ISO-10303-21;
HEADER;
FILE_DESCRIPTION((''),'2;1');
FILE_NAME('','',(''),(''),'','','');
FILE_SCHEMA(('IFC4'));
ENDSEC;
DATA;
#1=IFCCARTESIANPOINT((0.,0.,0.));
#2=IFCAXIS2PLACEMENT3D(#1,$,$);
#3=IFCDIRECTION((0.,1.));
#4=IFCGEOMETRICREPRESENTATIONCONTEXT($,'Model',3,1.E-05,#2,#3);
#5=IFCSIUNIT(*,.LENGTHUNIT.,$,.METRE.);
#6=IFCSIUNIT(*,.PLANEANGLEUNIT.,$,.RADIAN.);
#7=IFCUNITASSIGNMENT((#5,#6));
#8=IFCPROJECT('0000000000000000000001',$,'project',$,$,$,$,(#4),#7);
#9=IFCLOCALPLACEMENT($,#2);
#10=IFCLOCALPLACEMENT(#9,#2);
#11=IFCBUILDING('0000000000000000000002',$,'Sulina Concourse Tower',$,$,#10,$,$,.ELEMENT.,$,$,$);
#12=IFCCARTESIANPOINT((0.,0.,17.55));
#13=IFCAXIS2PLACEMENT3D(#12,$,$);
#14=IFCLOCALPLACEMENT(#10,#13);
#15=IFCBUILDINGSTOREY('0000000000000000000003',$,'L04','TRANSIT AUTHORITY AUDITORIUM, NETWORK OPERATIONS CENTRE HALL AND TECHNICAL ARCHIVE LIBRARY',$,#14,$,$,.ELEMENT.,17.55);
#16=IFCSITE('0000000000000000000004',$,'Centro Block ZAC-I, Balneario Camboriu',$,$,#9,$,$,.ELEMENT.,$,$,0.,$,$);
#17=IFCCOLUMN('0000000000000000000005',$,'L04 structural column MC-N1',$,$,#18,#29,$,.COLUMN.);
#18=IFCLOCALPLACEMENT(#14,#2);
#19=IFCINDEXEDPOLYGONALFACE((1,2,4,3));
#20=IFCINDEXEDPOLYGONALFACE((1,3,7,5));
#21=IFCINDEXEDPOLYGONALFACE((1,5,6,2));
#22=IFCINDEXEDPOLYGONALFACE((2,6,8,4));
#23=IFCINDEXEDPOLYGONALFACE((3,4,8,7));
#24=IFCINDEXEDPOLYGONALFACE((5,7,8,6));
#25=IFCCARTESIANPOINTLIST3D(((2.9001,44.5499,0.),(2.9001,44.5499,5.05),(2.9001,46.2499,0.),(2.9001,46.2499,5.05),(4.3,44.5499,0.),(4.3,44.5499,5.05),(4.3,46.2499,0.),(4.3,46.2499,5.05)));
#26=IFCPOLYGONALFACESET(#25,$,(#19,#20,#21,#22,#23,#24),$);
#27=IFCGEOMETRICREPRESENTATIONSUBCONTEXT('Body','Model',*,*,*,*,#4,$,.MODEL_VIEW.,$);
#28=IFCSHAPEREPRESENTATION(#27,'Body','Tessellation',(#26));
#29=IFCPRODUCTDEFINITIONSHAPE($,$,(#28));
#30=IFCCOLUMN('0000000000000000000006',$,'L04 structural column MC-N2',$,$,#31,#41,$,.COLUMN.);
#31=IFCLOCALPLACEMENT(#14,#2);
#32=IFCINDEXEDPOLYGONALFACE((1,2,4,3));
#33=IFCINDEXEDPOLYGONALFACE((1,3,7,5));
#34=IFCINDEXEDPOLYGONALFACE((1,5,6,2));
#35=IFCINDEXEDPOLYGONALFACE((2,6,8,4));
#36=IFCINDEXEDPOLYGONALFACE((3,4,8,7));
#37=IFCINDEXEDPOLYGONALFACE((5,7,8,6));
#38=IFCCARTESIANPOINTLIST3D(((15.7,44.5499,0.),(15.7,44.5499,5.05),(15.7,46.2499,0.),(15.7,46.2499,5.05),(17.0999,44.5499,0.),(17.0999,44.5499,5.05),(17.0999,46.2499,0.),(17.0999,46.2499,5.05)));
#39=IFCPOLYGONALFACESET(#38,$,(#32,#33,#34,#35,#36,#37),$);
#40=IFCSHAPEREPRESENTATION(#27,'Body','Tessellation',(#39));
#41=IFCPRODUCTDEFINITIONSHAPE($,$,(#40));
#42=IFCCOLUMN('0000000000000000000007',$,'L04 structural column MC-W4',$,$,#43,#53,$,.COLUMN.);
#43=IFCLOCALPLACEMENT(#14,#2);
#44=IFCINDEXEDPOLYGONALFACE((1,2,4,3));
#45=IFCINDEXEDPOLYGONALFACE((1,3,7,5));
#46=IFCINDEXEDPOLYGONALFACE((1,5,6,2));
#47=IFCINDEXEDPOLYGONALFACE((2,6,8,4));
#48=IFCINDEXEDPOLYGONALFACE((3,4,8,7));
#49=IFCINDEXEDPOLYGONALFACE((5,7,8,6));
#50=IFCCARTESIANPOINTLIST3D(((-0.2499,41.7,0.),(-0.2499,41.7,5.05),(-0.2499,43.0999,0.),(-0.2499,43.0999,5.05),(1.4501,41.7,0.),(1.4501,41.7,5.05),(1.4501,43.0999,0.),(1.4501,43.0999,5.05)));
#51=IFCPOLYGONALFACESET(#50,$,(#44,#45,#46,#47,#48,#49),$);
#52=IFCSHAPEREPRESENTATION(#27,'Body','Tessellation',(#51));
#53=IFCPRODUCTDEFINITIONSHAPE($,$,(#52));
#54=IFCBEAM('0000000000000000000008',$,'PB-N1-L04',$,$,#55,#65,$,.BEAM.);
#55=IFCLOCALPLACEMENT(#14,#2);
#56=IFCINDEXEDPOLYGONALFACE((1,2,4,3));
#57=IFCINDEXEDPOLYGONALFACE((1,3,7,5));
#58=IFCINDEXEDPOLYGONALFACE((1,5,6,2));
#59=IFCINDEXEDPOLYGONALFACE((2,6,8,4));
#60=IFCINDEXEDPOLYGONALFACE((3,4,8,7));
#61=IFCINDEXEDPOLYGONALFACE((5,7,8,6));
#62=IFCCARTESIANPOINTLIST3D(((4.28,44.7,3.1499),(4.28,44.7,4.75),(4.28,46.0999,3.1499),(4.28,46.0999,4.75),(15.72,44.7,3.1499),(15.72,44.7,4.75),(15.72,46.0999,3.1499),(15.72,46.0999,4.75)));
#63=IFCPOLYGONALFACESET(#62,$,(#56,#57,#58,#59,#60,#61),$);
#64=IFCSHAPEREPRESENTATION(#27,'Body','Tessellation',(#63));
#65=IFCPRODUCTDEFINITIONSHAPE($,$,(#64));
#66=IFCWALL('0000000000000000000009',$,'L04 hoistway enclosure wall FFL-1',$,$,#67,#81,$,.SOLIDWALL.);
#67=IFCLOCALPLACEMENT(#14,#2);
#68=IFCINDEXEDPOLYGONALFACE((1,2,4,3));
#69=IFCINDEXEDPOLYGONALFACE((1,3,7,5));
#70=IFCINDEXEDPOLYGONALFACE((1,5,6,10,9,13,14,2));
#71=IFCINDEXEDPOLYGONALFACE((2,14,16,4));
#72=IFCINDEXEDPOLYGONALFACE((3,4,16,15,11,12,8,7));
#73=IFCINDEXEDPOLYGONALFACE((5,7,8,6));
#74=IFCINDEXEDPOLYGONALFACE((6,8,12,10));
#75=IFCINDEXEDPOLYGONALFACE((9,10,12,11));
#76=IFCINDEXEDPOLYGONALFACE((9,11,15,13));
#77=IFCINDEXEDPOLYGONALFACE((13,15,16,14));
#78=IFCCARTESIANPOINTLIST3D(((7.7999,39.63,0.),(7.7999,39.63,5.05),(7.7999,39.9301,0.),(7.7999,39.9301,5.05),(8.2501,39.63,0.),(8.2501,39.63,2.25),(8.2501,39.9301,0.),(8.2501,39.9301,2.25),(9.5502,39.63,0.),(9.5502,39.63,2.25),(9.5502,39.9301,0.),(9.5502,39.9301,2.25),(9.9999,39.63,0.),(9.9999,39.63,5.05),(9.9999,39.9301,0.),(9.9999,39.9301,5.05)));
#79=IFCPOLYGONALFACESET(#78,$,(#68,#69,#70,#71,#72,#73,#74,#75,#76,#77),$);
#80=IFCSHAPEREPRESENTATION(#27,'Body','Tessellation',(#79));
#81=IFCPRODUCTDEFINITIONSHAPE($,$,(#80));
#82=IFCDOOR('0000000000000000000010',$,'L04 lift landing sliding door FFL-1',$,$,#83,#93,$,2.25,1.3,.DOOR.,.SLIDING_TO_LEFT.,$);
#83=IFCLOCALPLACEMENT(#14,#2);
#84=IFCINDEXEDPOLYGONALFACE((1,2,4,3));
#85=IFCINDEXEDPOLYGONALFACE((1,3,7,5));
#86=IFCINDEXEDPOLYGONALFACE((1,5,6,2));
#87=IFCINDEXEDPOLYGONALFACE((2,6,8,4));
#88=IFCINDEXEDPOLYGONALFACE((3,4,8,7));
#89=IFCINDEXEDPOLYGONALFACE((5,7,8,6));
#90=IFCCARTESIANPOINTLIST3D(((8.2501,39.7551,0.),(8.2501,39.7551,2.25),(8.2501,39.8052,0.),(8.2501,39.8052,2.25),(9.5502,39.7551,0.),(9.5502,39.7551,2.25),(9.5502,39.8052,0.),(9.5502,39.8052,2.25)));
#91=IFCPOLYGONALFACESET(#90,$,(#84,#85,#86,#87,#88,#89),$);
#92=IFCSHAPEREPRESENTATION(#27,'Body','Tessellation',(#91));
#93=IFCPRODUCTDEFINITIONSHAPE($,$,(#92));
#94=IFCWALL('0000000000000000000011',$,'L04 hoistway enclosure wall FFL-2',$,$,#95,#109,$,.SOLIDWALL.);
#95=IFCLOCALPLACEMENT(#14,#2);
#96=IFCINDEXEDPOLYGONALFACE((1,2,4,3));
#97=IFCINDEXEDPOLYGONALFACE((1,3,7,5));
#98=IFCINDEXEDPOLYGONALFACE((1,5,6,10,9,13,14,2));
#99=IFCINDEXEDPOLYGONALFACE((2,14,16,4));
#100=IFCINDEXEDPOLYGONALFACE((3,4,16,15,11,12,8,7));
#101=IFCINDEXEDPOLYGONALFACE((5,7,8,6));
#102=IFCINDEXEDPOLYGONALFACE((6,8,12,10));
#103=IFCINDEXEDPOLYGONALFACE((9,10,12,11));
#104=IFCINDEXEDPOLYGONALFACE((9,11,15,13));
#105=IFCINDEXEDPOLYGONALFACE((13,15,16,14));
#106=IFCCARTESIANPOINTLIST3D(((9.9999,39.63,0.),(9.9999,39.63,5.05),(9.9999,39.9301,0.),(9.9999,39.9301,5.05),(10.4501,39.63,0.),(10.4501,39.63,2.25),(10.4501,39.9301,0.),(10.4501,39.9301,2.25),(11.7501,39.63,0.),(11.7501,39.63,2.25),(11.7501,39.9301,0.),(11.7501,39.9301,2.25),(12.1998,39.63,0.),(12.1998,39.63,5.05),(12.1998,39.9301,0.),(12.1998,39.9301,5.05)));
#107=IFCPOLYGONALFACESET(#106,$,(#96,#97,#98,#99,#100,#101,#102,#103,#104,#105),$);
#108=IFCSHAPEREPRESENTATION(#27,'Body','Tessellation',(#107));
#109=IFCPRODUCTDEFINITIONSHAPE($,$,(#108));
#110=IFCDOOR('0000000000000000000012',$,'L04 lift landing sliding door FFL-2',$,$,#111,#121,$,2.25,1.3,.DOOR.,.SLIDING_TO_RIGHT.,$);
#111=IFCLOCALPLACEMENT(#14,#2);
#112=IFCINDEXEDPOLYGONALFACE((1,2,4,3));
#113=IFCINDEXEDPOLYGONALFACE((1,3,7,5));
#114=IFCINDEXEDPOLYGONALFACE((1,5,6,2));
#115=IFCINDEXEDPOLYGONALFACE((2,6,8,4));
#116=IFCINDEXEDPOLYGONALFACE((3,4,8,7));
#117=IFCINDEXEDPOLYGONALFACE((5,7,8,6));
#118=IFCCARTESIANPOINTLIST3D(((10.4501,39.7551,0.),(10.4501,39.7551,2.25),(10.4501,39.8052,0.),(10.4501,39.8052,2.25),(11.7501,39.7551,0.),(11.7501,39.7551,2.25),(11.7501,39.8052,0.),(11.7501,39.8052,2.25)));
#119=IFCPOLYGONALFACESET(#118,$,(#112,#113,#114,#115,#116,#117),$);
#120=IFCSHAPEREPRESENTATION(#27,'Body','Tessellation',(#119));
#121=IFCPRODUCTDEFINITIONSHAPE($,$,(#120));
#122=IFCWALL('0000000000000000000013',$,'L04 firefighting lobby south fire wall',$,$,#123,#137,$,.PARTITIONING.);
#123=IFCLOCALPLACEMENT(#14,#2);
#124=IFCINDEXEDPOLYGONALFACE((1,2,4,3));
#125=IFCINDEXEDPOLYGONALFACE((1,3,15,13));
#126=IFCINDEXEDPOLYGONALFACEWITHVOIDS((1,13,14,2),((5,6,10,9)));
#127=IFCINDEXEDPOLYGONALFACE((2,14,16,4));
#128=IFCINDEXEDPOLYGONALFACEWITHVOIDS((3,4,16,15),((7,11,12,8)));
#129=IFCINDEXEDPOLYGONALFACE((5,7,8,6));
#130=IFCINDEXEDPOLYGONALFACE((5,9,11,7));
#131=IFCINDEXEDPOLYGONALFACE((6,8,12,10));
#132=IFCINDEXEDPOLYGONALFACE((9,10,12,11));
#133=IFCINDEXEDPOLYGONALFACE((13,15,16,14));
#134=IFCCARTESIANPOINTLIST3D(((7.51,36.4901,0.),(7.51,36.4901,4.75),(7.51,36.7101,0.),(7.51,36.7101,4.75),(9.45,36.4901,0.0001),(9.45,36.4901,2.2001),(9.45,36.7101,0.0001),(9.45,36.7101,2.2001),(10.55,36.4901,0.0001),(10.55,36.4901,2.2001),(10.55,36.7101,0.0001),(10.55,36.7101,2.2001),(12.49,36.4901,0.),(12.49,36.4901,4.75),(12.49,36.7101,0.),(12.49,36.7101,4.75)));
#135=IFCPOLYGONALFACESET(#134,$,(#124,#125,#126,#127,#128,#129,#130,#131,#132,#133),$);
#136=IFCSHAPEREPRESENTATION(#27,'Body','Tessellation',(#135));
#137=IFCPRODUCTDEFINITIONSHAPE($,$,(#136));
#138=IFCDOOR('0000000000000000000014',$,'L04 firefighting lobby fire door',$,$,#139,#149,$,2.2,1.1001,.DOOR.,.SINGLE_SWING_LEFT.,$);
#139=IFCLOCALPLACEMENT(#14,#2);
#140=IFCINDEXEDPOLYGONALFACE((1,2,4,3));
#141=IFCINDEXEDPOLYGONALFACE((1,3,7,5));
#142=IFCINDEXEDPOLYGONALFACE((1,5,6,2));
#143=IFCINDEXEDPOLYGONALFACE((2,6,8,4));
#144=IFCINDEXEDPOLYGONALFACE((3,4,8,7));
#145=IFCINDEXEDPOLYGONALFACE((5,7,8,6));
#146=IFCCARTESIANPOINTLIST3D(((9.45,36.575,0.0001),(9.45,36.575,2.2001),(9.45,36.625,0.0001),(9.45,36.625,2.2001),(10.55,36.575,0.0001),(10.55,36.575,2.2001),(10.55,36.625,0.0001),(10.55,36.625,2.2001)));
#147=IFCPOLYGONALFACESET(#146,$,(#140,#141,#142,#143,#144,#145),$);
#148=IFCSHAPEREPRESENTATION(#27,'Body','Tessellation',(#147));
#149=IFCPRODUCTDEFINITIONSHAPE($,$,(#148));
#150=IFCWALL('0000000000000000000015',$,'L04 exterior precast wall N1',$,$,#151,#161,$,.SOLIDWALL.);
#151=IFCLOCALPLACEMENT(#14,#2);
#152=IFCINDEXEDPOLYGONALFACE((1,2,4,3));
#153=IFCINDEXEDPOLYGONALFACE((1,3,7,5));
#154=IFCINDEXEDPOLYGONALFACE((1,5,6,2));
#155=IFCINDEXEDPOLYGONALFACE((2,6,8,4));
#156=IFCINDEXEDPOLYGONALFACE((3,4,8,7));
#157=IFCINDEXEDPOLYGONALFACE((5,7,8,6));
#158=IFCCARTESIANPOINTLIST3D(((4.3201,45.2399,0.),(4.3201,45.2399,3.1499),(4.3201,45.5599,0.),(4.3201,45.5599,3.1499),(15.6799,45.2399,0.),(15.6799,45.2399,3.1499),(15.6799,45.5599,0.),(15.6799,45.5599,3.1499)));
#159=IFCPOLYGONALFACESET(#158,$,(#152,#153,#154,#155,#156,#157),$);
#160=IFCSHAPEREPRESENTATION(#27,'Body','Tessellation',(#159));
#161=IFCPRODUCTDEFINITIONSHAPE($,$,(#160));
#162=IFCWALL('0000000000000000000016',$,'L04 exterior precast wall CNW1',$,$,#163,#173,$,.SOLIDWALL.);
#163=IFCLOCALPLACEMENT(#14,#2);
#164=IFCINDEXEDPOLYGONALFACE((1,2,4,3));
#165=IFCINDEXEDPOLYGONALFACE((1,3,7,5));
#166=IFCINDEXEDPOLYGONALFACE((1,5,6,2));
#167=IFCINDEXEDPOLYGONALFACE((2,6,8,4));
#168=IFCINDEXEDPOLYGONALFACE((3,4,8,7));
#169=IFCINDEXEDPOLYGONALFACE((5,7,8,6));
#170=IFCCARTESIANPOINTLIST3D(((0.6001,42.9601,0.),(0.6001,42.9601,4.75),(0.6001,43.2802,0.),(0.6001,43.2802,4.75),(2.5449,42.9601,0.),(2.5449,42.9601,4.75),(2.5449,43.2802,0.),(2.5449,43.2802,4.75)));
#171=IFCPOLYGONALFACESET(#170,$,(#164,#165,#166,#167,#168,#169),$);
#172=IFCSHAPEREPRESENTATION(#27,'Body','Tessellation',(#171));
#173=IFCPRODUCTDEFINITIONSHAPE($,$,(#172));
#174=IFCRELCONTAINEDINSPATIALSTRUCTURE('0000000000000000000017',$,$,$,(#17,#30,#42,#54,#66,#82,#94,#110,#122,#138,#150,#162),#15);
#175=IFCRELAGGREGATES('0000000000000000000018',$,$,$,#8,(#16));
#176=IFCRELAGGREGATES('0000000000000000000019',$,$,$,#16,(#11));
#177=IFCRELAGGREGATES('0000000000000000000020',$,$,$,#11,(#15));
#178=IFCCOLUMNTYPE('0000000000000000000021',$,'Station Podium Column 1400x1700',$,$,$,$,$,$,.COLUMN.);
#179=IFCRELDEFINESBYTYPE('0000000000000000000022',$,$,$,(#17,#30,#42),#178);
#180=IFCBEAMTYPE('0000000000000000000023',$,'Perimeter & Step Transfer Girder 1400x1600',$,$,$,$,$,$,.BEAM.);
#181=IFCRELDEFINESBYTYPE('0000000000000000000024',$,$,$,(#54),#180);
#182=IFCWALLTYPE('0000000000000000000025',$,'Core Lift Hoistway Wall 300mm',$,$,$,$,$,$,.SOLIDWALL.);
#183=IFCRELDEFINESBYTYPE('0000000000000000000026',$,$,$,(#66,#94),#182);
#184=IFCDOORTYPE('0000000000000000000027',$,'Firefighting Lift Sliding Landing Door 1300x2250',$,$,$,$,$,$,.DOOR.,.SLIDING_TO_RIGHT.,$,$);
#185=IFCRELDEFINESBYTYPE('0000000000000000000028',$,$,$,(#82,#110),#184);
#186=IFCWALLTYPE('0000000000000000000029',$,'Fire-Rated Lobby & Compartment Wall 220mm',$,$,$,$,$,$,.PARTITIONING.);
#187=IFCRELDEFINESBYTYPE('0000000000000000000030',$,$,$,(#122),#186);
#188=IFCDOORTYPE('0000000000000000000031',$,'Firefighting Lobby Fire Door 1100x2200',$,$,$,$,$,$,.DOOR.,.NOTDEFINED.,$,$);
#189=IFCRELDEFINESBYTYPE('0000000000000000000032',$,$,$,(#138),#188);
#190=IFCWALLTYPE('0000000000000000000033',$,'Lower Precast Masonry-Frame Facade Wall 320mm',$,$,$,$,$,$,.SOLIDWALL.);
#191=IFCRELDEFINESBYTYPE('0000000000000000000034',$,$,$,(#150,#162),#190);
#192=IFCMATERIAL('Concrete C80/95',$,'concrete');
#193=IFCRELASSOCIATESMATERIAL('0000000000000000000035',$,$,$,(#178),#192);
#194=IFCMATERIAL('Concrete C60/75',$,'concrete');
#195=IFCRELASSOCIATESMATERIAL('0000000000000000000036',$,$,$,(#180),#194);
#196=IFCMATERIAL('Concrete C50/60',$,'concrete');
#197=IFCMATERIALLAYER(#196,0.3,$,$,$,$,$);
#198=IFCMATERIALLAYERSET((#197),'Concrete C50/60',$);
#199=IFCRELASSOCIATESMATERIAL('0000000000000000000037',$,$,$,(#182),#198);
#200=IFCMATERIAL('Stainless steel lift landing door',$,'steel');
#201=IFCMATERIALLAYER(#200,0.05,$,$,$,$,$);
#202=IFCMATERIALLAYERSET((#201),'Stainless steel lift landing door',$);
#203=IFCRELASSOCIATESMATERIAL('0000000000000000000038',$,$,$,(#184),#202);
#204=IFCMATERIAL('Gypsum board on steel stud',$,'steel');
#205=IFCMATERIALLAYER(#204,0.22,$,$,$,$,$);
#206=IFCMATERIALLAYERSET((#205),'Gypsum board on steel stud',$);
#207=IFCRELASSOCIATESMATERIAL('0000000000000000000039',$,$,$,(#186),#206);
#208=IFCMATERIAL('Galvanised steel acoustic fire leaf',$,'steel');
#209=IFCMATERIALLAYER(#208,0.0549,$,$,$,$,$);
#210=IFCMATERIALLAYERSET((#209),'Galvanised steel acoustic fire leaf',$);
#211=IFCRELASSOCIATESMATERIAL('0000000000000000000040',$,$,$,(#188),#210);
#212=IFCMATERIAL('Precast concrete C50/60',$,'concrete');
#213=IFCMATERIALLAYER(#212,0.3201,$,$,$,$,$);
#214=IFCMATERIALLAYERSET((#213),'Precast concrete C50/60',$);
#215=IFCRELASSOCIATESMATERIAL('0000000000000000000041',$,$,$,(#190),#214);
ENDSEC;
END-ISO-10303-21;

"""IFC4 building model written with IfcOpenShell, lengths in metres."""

from ifc_helpers import new_model, si_unit, direction, frame, frame_2d, origin, origin_2d, place, context, subcontext, project, spatial, rectangle, extrude, material, layer, layer_set, material_profile, profile_set, type_object, element, fill, save


model = new_model("IFC4")

# Units and contexts
model_context = context("Model", 3, precision=1e-05, world=origin(), true_north=direction((0.0, 1.0)))
body_context = subcontext(model_context, "Body", "Model", "MODEL_VIEW")
ifc_project = project(units=[si_unit("LENGTHUNIT", "METRE"), si_unit("PLANEANGLEUNIT", "RADIAN")], contexts=[model_context])

# Site, building, storey
site_placement = place(None, origin())
site = spatial("IfcSite", under=ifc_project, at=site_placement, Name="Centro Block ZAC-I, Balneario Camboriu", CompositionType="ELEMENT", RefElevation=0.0)
building_placement = place(site_placement, origin())
building = spatial("IfcBuilding", under=site, at=building_placement, Name="Sulina Concourse Tower", CompositionType="ELEMENT")
storey_placement = place(building_placement, frame((0.0, 0.0, 17.55)))
storey = spatial("IfcBuildingStorey", under=building, at=storey_placement, Name="L04", Description="TRANSIT AUTHORITY AUDITORIUM, NETWORK OPERATIONS CENTRE HALL AND TECHNICAL ARCHIVE LIBRARY", CompositionType="ELEMENT", Elevation=17.55)

# Columns
ifc_material_1 = material(Name="Concrete C80/95", Category="concrete")
ifc_material_profile_1 = material_profile(ifc_material_1, rectangle(XDim=1.3999, YDim=1.7, at=origin_2d()), Name="RC 1400x1700")
ifc_profile_set_1 = profile_set([ifc_material_profile_1], Name="Concrete C80/95")
column_type = type_object("IfcColumnType", Name="Station Podium Column 1400x1700", PredefinedType="COLUMN", material=ifc_profile_set_1)
for number, where, z_axis, x_axis, name in (
    (1, (3.6001, 45.3999, 0.0), (0.0, 0.0, 1.0), (1.0, 0.0, 0.0), "L04 structural column MC-N1"),
    (2, (16.3999, 45.3999, 0.0), (0.0, 0.0, 1.0), (1.0, 0.0, 0.0), "L04 structural column MC-N2"),
    (3, (0.6001, 42.3999, 0.0), (0.0, 0.0, 1.0), (0.0, 1.0, 0.0), "L04 structural column MC-W4"),
):
    element("IfcColumn", number, at=place(storey_placement, frame(where, z_axis=z_axis, x_axis=x_axis)), inside=storey, type_object=column_type, Name=name, PredefinedType="COLUMN", context=body_context, shape_type="SweptSolid", body=[
        extrude(rectangle(XDim=1.3999, YDim=1.7, at=origin_2d()), origin(), (0.0, 0.0, 1.0), 5.05),
    ])

# Beam
ifc_material_2 = material(Name="Concrete C60/75", Category="concrete")
ifc_material_profile_2 = material_profile(ifc_material_2, rectangle(XDim=1.3999, YDim=1.6001, at=origin_2d()), Name="RC 1400x1600")
ifc_profile_set_2 = profile_set([ifc_material_profile_2], Name="Concrete C60/75")
beam_type = type_object("IfcBeamType", Name="Perimeter & Step Transfer Girder 1400x1600", PredefinedType="BEAM", material=ifc_profile_set_2)
beam_placement = place(storey_placement, frame((4.28, 45.3999, 3.95), z_axis=(1.0, 0.0, 0.0), x_axis=(0.0, 1.0, 0.0)))
element("IfcBeam", 4, at=beam_placement, inside=storey, type_object=beam_type, Name="PB-N1-L04", PredefinedType="BEAM", context=body_context, shape_type="SweptSolid", body=[
    extrude(rectangle(XDim=1.3999, YDim=1.6001, at=origin_2d()), origin(), (0.0, 0.0, 1.0), 11.4399),
])

# Walls, openings, doors
ifc_material_3 = material(Name="Concrete C50/60", Category="concrete")
ifc_layer_1 = layer(ifc_material_3, 0.3)
ifc_layer_set_1 = layer_set([ifc_layer_1], Name="Concrete C50/60")
wall_type_1 = type_object("IfcWallType", Name="Core Lift Hoistway Wall 300mm", PredefinedType="SOLIDWALL", material=ifc_layer_set_1)
wall_1_placement = place(storey_placement, frame((10.0, 39.78, 0.0), z_axis=(0.0, 0.0, 1.0), x_axis=(-1.0, 0.0, 0.0)))
wall_1 = element("IfcWall", 5, at=wall_1_placement, inside=storey, type_object=wall_type_1, Name="L04 hoistway enclosure wall FFL-1", PredefinedType="SOLIDWALL", context=body_context, shape_type="SweptSolid", body=[
    extrude(rectangle(XDim=2.2, YDim=0.3, at=frame_2d((1.1001, 0.0))), origin(), (0.0, 0.0, 1.0), 5.05),
])
opening_1_placement = place(wall_1_placement, frame((0.45, 0.0, 0.0)))
opening_1 = element("IfcOpeningElement", 6, at=opening_1_placement, cuts=wall_1, PredefinedType="OPENING", context=body_context, shape_type="SweptSolid", body=[
    extrude(rectangle(XDim=1.3, YDim=2.25, at=frame_2d((0.6499, 1.125))), frame((0.0, 0.1599, 0.0), z_axis=(0.0, -1.0, 0.0), x_axis=(1.0, 0.0, 0.0)), (0.0, 0.0, 1.0), 0.3201),
])
ifc_material_4 = material(Name="Stainless steel lift landing door", Category="steel")
ifc_layer_2 = layer(ifc_material_4, 0.05)
ifc_layer_set_2 = layer_set([ifc_layer_2], Name="Stainless steel lift landing door")
door_type_1 = type_object("IfcDoorType", Name="Firefighting Lift Sliding Landing Door 1300x2250", OperationType="SLIDING_TO_RIGHT", PredefinedType="DOOR", material=ifc_layer_set_2)
door_1_placement = place(opening_1_placement, origin())
door_1 = element("IfcDoor", 7, at=door_1_placement, inside=storey, type_object=door_type_1, Name="L04 lift landing sliding door FFL-1", OperationType="SLIDING_TO_LEFT", OverallHeight=2.25, OverallWidth=1.3, PredefinedType="DOOR", context=body_context, shape_type="SweptSolid", body=[
    extrude(rectangle(XDim=1.3, YDim=2.25, at=frame_2d((0.6499, 1.125))), frame((0.0, 0.0249, 0.0), z_axis=(0.0, -1.0, 0.0), x_axis=(1.0, 0.0, 0.0)), (0.0, 0.0, 1.0), 0.05),
])
fill(opening_1, door_1)
wall_2_placement = place(storey_placement, frame((12.2, 39.78, 0.0), z_axis=(0.0, 0.0, 1.0), x_axis=(-1.0, 0.0, 0.0)))
wall_2 = element("IfcWall", 8, at=wall_2_placement, inside=storey, type_object=wall_type_1, Name="L04 hoistway enclosure wall FFL-2", PredefinedType="SOLIDWALL", context=body_context, shape_type="SweptSolid", body=[
    extrude(rectangle(XDim=2.2, YDim=0.3, at=frame_2d((1.1001, 0.0))), origin(), (0.0, 0.0, 1.0), 5.05),
])
opening_2_placement = place(wall_2_placement, frame((0.45, 0.0, 0.0)))
opening_2 = element("IfcOpeningElement", 9, at=opening_2_placement, cuts=wall_2, PredefinedType="OPENING", context=body_context, shape_type="SweptSolid", body=[
    extrude(rectangle(XDim=1.3, YDim=2.25, at=frame_2d((0.6499, 1.125))), frame((0.0, 0.1599, 0.0), z_axis=(0.0, -1.0, 0.0), x_axis=(1.0, 0.0, 0.0)), (0.0, 0.0, 1.0), 0.3201),
])
door_2_placement = place(opening_2_placement, origin())
door_2 = element("IfcDoor", 10, at=door_2_placement, inside=storey, type_object=door_type_1, Name="L04 lift landing sliding door FFL-2", OperationType="SLIDING_TO_RIGHT", OverallHeight=2.25, OverallWidth=1.3, PredefinedType="DOOR", context=body_context, shape_type="SweptSolid", body=[
    extrude(rectangle(XDim=1.3, YDim=2.25, at=frame_2d((0.6499, 1.125))), frame((0.0, 0.0249, 0.0), z_axis=(0.0, -1.0, 0.0), x_axis=(1.0, 0.0, 0.0)), (0.0, 0.0, 1.0), 0.05),
])
fill(opening_2, door_2)
ifc_material_5 = material(Name="Gypsum board on steel stud", Category="steel")
ifc_layer_3 = layer(ifc_material_5, 0.22)
ifc_layer_set_3 = layer_set([ifc_layer_3], Name="Gypsum board on steel stud")
wall_type_2 = type_object("IfcWallType", Name="Fire-Rated Lobby & Compartment Wall 220mm", PredefinedType="PARTITIONING", material=ifc_layer_set_3)
wall_3_placement = place(storey_placement, frame((7.51, 36.6001, 0.0), z_axis=(0.0, 0.0, 1.0), x_axis=(1.0, 0.0, 0.0)))
wall_3 = element("IfcWall", 11, at=wall_3_placement, inside=storey, type_object=wall_type_2, Name="L04 firefighting lobby south fire wall", PredefinedType="PARTITIONING", context=body_context, shape_type="SweptSolid", body=[
    extrude(rectangle(XDim=4.98, YDim=0.22, at=frame_2d((2.49, 0.0))), origin(), (0.0, 0.0, 1.0), 4.75),
])
opening_3_placement = place(wall_3_placement, frame((1.9399, 0.0, 0.0)))
opening_3 = element("IfcOpeningElement", 12, at=opening_3_placement, cuts=wall_3, PredefinedType="OPENING", context=body_context, shape_type="SweptSolid", body=[
    extrude(rectangle(XDim=1.1001, YDim=2.2, at=frame_2d((0.55, 1.1001))), frame((0.0, 0.1199, 0.0), z_axis=(0.0, -1.0, 0.0), x_axis=(1.0, 0.0, 0.0)), (0.0, 0.0, 1.0), 0.24),
])
ifc_material_6 = material(Name="Galvanised steel acoustic fire leaf", Category="steel")
ifc_layer_4 = layer(ifc_material_6, 0.0549)
ifc_layer_set_4 = layer_set([ifc_layer_4], Name="Galvanised steel acoustic fire leaf")
door_type_2 = type_object("IfcDoorType", Name="Firefighting Lobby Fire Door 1100x2200", OperationType="NOTDEFINED", PredefinedType="DOOR", material=ifc_layer_set_4)
door_3_placement = place(opening_3_placement, origin())
door_3 = element("IfcDoor", 13, at=door_3_placement, inside=storey, type_object=door_type_2, Name="L04 firefighting lobby fire door", OperationType="SINGLE_SWING_LEFT", OverallHeight=2.2, OverallWidth=1.1001, PredefinedType="DOOR", context=body_context, shape_type="SweptSolid", body=[
    extrude(rectangle(XDim=1.1001, YDim=2.2, at=frame_2d((0.55, 1.1001))), frame((0.0, 0.0249, 0.0), z_axis=(0.0, -1.0, 0.0), x_axis=(1.0, 0.0, 0.0)), (0.0, 0.0, 1.0), 0.05),
])
fill(opening_3, door_3)

# Walls
ifc_material_7 = material(Name="Precast concrete C50/60", Category="concrete")
ifc_layer_5 = layer(ifc_material_7, 0.3201)
ifc_layer_set_5 = layer_set([ifc_layer_5], Name="Precast concrete C50/60")
wall_type_3 = type_object("IfcWallType", Name="Lower Precast Masonry-Frame Facade Wall 320mm", PredefinedType="SOLIDWALL", material=ifc_layer_set_5)
wall_4_placement = place(storey_placement, frame((4.3201, 45.3999, 0.0), z_axis=(0.0, 0.0, 1.0), x_axis=(1.0, 0.0, 0.0)))
element("IfcWall", 14, at=wall_4_placement, inside=storey, type_object=wall_type_3, Name="L04 exterior precast wall N1", PredefinedType="SOLIDWALL", context=body_context, shape_type="SweptSolid", body=[
    extrude(rectangle(XDim=11.3599, YDim=0.3201, at=frame_2d((5.6799, 0.0))), origin(), (0.0, 0.0, 1.0), 3.1499),
])
wall_5_placement = place(storey_placement, frame((0.6001, 43.1201, 0.0), z_axis=(0.0, 0.0, 1.0), x_axis=(1.0, 0.0, 0.0)))
element("IfcWall", 15, at=wall_5_placement, inside=storey, type_object=wall_type_3, Name="L04 exterior precast wall CNW1", PredefinedType="SOLIDWALL", context=body_context, shape_type="SweptSolid", body=[
    extrude(rectangle(XDim=1.9448, YDim=0.3201, at=frame_2d((0.9724, 0.0))), origin(), (0.0, 0.0, 1.0), 4.75),
])

save(model, "model.ifc")
